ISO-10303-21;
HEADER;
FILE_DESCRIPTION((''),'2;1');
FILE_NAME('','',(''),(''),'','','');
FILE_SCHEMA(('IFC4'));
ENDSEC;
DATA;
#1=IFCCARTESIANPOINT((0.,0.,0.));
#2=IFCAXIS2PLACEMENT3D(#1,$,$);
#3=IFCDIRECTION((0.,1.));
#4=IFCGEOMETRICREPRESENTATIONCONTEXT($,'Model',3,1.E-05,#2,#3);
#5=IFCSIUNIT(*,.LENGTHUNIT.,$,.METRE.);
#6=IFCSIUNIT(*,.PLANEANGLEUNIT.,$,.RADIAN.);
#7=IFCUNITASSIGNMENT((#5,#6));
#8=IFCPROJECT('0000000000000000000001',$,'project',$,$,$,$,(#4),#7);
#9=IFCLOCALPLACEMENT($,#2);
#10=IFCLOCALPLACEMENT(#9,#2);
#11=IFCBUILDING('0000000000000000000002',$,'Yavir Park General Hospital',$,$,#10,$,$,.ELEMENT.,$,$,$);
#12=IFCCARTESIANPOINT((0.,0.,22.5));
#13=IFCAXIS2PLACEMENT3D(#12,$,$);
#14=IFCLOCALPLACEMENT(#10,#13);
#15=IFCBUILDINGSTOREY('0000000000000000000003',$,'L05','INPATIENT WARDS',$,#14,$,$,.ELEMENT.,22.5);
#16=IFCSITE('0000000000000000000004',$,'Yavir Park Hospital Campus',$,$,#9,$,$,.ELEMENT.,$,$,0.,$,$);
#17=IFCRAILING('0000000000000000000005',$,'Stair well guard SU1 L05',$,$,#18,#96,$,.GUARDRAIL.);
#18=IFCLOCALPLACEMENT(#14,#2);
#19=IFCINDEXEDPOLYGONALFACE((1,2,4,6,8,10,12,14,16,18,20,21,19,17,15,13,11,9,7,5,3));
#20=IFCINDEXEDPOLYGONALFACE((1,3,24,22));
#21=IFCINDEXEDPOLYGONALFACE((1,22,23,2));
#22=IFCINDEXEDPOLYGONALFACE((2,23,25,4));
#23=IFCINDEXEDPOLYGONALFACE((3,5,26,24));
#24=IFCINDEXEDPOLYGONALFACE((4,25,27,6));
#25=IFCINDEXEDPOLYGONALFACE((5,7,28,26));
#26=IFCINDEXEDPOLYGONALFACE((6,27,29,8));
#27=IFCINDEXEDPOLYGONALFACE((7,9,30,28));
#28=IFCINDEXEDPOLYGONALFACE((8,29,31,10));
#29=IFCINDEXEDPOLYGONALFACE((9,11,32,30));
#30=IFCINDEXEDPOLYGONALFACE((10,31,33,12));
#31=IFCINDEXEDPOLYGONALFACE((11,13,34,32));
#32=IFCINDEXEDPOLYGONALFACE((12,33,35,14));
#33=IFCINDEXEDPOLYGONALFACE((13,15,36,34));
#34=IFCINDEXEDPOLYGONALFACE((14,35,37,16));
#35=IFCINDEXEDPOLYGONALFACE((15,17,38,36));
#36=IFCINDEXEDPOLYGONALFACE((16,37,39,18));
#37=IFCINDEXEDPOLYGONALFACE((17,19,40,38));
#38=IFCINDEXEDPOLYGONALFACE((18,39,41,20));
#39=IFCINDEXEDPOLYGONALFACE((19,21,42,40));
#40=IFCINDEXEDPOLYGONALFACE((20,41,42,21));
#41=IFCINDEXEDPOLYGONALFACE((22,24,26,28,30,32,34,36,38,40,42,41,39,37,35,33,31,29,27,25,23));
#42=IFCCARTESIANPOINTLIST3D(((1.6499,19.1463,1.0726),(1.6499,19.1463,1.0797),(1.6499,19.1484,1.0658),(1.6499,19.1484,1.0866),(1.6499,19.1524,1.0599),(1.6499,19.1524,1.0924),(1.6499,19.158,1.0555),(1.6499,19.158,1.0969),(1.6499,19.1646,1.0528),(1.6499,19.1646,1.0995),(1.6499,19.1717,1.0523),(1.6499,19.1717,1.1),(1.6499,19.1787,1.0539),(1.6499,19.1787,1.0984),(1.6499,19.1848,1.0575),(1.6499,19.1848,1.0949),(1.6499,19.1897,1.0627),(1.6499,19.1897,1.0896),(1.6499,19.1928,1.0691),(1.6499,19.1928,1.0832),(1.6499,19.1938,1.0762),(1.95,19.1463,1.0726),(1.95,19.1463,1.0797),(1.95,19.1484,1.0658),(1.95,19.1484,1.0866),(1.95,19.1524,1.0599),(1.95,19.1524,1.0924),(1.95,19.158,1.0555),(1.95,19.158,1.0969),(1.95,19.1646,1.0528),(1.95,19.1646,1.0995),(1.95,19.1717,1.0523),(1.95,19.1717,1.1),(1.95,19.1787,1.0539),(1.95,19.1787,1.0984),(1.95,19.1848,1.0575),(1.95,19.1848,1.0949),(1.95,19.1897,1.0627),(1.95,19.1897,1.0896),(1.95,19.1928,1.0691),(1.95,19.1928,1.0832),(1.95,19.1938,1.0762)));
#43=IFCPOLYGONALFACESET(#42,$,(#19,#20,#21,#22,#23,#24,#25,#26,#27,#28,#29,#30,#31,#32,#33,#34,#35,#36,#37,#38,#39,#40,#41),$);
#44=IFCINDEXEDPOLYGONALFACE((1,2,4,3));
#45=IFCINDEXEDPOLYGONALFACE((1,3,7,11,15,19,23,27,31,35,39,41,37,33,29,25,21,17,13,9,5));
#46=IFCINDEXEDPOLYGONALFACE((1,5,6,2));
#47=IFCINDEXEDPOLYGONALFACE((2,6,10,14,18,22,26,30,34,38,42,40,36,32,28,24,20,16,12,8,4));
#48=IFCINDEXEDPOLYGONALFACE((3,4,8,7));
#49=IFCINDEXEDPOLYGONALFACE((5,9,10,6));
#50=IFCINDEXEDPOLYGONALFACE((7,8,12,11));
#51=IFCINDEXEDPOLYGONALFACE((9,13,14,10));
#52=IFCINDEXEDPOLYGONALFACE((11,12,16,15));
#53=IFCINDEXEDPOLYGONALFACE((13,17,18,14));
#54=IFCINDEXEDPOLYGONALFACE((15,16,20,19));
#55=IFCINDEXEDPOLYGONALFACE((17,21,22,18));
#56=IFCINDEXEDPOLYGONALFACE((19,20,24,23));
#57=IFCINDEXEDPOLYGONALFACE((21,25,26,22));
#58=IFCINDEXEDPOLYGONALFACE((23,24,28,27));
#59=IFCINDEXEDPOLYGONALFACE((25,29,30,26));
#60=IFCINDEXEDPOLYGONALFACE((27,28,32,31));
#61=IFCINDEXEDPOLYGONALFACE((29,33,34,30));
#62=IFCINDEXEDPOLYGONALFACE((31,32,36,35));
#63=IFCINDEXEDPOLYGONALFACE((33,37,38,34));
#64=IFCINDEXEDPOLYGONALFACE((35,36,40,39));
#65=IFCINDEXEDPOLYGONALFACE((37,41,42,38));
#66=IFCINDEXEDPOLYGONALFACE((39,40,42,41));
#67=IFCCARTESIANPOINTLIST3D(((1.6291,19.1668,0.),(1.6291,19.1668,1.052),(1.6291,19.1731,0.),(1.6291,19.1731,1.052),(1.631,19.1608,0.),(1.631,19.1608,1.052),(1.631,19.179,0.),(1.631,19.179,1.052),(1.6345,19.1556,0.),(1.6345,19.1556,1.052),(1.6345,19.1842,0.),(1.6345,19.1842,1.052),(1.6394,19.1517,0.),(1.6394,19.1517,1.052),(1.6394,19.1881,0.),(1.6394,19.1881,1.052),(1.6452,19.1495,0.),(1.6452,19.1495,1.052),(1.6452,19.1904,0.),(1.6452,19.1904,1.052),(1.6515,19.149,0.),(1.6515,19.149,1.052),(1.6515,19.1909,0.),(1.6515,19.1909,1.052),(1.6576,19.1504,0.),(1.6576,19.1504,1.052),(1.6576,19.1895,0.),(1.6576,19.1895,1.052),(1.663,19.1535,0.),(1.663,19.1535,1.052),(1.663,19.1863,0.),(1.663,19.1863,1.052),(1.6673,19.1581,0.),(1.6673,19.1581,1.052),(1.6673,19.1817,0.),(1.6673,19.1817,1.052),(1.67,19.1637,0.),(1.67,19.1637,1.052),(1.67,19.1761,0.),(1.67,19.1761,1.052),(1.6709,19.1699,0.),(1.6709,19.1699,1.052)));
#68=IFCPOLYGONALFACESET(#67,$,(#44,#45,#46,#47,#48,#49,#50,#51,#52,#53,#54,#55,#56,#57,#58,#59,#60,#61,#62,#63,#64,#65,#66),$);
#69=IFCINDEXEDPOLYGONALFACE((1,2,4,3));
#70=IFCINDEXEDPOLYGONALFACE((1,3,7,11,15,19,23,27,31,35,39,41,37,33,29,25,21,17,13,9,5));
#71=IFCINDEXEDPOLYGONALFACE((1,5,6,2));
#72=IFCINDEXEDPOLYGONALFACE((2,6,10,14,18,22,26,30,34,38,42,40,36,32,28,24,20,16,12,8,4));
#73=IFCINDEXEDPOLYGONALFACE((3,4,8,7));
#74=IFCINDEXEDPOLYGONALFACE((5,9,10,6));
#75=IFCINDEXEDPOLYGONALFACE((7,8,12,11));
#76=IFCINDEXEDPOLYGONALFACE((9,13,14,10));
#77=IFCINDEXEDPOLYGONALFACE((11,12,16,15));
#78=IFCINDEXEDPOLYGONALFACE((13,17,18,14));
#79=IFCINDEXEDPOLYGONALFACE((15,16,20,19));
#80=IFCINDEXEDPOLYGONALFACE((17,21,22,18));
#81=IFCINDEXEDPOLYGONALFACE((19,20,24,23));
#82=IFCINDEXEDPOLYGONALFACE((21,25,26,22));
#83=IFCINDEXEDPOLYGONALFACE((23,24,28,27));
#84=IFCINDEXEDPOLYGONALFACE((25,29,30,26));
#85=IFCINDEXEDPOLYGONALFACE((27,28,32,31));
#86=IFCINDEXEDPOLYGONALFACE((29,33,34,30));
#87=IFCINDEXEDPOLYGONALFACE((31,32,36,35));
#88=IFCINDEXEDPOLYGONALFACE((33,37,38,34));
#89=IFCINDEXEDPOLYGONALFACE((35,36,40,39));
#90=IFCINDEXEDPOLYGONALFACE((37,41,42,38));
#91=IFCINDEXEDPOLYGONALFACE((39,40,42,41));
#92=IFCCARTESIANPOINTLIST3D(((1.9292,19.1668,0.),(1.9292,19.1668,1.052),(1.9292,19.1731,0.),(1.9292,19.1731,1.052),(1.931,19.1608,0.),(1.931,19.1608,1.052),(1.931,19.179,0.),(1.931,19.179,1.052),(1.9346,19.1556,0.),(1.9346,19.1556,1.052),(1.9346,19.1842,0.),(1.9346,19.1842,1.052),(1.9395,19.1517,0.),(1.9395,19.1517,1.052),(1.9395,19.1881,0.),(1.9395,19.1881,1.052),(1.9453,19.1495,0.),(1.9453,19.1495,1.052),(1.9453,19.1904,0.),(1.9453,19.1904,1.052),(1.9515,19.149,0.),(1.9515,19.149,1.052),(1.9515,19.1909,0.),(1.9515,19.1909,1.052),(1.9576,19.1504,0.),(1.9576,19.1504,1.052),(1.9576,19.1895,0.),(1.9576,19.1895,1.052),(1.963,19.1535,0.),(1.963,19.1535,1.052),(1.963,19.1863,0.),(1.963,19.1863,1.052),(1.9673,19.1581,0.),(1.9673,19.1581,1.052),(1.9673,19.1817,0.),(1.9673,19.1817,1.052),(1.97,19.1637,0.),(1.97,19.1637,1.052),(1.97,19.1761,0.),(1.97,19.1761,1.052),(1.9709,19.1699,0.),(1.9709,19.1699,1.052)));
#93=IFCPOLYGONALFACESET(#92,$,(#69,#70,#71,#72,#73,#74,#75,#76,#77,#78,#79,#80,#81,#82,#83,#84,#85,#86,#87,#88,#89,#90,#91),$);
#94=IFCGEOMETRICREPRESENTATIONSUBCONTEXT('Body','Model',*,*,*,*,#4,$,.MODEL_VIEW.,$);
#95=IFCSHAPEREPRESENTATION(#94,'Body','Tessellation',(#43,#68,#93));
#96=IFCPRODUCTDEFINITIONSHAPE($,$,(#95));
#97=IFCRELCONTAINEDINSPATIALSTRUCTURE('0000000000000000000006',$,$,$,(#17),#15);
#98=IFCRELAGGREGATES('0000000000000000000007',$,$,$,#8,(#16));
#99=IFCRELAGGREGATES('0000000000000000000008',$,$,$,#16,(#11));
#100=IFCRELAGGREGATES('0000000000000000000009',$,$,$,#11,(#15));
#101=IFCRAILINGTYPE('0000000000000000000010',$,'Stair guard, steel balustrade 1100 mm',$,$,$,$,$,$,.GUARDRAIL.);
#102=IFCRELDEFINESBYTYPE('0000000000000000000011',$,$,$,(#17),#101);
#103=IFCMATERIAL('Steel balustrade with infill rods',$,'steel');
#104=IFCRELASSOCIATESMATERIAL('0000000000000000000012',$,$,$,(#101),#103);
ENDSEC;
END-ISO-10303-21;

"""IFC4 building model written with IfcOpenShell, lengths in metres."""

from ifc_helpers import new_model, si_unit, direction, frame, origin, origin_2d, place, context, subcontext, project, spatial, circle, extrude, material, type_object, element, save


model = new_model("IFC4")

# Units and contexts
model_context = context("Model", 3, precision=1e-05, world=origin(), true_north=direction((0.0, 1.0)))
body_context = subcontext(model_context, "Body", "Model", "MODEL_VIEW")
ifc_project = project(units=[si_unit("LENGTHUNIT", "METRE"), si_unit("PLANEANGLEUNIT", "RADIAN")], contexts=[model_context])

# Site, building, storey
site_placement = place(None, origin())
site = spatial("IfcSite", under=ifc_project, at=site_placement, Name="Yavir Park Hospital Campus", CompositionType="ELEMENT", RefElevation=0.0)
building_placement = place(site_placement, origin())
building = spatial("IfcBuilding", under=site, at=building_placement, Name="Yavir Park General Hospital", CompositionType="ELEMENT")
storey_placement = place(building_placement, frame((0.0, 0.0, 22.5)))
storey = spatial("IfcBuildingStorey", under=building, at=storey_placement, Name="L05", Description="INPATIENT WARDS", CompositionType="ELEMENT", Elevation=22.5)

# Railing
ifc_material_1 = material(Name="Steel balustrade with infill rods", Category="steel")
railing_type_1 = type_object("IfcRailingType", Name="Stair guard, steel balustrade 1100 mm", PredefinedType="GUARDRAIL", material=ifc_material_1)
railing_placement = place(storey_placement, frame((1.6499, 19.1699, 0.0)))
element("IfcRailing", 1, at=railing_placement, inside=storey, type_object=railing_type_1, Name="Stair well guard SU1 L05", PredefinedType="GUARDRAIL", context=body_context, shape_type="SweptSolid", body=[
    extrude(circle(Radius=0.0239, at=origin_2d()), frame((0.0, 0.0, 1.0762), z_axis=(1.0, 0.0, 0.0), x_axis=(0.0, 1.0, 0.0)), (0.0, 0.0, 1.0), 0.3),
    extrude(circle(Radius=0.021, at=origin_2d()), origin(), (0.0, 0.0, 1.0), 1.052),
    extrude(circle(Radius=0.021, at=origin_2d()), frame((0.3, 0.0, 0.0)), (0.0, 0.0, 1.0), 1.052),
])

save(model, "model.ifc")
